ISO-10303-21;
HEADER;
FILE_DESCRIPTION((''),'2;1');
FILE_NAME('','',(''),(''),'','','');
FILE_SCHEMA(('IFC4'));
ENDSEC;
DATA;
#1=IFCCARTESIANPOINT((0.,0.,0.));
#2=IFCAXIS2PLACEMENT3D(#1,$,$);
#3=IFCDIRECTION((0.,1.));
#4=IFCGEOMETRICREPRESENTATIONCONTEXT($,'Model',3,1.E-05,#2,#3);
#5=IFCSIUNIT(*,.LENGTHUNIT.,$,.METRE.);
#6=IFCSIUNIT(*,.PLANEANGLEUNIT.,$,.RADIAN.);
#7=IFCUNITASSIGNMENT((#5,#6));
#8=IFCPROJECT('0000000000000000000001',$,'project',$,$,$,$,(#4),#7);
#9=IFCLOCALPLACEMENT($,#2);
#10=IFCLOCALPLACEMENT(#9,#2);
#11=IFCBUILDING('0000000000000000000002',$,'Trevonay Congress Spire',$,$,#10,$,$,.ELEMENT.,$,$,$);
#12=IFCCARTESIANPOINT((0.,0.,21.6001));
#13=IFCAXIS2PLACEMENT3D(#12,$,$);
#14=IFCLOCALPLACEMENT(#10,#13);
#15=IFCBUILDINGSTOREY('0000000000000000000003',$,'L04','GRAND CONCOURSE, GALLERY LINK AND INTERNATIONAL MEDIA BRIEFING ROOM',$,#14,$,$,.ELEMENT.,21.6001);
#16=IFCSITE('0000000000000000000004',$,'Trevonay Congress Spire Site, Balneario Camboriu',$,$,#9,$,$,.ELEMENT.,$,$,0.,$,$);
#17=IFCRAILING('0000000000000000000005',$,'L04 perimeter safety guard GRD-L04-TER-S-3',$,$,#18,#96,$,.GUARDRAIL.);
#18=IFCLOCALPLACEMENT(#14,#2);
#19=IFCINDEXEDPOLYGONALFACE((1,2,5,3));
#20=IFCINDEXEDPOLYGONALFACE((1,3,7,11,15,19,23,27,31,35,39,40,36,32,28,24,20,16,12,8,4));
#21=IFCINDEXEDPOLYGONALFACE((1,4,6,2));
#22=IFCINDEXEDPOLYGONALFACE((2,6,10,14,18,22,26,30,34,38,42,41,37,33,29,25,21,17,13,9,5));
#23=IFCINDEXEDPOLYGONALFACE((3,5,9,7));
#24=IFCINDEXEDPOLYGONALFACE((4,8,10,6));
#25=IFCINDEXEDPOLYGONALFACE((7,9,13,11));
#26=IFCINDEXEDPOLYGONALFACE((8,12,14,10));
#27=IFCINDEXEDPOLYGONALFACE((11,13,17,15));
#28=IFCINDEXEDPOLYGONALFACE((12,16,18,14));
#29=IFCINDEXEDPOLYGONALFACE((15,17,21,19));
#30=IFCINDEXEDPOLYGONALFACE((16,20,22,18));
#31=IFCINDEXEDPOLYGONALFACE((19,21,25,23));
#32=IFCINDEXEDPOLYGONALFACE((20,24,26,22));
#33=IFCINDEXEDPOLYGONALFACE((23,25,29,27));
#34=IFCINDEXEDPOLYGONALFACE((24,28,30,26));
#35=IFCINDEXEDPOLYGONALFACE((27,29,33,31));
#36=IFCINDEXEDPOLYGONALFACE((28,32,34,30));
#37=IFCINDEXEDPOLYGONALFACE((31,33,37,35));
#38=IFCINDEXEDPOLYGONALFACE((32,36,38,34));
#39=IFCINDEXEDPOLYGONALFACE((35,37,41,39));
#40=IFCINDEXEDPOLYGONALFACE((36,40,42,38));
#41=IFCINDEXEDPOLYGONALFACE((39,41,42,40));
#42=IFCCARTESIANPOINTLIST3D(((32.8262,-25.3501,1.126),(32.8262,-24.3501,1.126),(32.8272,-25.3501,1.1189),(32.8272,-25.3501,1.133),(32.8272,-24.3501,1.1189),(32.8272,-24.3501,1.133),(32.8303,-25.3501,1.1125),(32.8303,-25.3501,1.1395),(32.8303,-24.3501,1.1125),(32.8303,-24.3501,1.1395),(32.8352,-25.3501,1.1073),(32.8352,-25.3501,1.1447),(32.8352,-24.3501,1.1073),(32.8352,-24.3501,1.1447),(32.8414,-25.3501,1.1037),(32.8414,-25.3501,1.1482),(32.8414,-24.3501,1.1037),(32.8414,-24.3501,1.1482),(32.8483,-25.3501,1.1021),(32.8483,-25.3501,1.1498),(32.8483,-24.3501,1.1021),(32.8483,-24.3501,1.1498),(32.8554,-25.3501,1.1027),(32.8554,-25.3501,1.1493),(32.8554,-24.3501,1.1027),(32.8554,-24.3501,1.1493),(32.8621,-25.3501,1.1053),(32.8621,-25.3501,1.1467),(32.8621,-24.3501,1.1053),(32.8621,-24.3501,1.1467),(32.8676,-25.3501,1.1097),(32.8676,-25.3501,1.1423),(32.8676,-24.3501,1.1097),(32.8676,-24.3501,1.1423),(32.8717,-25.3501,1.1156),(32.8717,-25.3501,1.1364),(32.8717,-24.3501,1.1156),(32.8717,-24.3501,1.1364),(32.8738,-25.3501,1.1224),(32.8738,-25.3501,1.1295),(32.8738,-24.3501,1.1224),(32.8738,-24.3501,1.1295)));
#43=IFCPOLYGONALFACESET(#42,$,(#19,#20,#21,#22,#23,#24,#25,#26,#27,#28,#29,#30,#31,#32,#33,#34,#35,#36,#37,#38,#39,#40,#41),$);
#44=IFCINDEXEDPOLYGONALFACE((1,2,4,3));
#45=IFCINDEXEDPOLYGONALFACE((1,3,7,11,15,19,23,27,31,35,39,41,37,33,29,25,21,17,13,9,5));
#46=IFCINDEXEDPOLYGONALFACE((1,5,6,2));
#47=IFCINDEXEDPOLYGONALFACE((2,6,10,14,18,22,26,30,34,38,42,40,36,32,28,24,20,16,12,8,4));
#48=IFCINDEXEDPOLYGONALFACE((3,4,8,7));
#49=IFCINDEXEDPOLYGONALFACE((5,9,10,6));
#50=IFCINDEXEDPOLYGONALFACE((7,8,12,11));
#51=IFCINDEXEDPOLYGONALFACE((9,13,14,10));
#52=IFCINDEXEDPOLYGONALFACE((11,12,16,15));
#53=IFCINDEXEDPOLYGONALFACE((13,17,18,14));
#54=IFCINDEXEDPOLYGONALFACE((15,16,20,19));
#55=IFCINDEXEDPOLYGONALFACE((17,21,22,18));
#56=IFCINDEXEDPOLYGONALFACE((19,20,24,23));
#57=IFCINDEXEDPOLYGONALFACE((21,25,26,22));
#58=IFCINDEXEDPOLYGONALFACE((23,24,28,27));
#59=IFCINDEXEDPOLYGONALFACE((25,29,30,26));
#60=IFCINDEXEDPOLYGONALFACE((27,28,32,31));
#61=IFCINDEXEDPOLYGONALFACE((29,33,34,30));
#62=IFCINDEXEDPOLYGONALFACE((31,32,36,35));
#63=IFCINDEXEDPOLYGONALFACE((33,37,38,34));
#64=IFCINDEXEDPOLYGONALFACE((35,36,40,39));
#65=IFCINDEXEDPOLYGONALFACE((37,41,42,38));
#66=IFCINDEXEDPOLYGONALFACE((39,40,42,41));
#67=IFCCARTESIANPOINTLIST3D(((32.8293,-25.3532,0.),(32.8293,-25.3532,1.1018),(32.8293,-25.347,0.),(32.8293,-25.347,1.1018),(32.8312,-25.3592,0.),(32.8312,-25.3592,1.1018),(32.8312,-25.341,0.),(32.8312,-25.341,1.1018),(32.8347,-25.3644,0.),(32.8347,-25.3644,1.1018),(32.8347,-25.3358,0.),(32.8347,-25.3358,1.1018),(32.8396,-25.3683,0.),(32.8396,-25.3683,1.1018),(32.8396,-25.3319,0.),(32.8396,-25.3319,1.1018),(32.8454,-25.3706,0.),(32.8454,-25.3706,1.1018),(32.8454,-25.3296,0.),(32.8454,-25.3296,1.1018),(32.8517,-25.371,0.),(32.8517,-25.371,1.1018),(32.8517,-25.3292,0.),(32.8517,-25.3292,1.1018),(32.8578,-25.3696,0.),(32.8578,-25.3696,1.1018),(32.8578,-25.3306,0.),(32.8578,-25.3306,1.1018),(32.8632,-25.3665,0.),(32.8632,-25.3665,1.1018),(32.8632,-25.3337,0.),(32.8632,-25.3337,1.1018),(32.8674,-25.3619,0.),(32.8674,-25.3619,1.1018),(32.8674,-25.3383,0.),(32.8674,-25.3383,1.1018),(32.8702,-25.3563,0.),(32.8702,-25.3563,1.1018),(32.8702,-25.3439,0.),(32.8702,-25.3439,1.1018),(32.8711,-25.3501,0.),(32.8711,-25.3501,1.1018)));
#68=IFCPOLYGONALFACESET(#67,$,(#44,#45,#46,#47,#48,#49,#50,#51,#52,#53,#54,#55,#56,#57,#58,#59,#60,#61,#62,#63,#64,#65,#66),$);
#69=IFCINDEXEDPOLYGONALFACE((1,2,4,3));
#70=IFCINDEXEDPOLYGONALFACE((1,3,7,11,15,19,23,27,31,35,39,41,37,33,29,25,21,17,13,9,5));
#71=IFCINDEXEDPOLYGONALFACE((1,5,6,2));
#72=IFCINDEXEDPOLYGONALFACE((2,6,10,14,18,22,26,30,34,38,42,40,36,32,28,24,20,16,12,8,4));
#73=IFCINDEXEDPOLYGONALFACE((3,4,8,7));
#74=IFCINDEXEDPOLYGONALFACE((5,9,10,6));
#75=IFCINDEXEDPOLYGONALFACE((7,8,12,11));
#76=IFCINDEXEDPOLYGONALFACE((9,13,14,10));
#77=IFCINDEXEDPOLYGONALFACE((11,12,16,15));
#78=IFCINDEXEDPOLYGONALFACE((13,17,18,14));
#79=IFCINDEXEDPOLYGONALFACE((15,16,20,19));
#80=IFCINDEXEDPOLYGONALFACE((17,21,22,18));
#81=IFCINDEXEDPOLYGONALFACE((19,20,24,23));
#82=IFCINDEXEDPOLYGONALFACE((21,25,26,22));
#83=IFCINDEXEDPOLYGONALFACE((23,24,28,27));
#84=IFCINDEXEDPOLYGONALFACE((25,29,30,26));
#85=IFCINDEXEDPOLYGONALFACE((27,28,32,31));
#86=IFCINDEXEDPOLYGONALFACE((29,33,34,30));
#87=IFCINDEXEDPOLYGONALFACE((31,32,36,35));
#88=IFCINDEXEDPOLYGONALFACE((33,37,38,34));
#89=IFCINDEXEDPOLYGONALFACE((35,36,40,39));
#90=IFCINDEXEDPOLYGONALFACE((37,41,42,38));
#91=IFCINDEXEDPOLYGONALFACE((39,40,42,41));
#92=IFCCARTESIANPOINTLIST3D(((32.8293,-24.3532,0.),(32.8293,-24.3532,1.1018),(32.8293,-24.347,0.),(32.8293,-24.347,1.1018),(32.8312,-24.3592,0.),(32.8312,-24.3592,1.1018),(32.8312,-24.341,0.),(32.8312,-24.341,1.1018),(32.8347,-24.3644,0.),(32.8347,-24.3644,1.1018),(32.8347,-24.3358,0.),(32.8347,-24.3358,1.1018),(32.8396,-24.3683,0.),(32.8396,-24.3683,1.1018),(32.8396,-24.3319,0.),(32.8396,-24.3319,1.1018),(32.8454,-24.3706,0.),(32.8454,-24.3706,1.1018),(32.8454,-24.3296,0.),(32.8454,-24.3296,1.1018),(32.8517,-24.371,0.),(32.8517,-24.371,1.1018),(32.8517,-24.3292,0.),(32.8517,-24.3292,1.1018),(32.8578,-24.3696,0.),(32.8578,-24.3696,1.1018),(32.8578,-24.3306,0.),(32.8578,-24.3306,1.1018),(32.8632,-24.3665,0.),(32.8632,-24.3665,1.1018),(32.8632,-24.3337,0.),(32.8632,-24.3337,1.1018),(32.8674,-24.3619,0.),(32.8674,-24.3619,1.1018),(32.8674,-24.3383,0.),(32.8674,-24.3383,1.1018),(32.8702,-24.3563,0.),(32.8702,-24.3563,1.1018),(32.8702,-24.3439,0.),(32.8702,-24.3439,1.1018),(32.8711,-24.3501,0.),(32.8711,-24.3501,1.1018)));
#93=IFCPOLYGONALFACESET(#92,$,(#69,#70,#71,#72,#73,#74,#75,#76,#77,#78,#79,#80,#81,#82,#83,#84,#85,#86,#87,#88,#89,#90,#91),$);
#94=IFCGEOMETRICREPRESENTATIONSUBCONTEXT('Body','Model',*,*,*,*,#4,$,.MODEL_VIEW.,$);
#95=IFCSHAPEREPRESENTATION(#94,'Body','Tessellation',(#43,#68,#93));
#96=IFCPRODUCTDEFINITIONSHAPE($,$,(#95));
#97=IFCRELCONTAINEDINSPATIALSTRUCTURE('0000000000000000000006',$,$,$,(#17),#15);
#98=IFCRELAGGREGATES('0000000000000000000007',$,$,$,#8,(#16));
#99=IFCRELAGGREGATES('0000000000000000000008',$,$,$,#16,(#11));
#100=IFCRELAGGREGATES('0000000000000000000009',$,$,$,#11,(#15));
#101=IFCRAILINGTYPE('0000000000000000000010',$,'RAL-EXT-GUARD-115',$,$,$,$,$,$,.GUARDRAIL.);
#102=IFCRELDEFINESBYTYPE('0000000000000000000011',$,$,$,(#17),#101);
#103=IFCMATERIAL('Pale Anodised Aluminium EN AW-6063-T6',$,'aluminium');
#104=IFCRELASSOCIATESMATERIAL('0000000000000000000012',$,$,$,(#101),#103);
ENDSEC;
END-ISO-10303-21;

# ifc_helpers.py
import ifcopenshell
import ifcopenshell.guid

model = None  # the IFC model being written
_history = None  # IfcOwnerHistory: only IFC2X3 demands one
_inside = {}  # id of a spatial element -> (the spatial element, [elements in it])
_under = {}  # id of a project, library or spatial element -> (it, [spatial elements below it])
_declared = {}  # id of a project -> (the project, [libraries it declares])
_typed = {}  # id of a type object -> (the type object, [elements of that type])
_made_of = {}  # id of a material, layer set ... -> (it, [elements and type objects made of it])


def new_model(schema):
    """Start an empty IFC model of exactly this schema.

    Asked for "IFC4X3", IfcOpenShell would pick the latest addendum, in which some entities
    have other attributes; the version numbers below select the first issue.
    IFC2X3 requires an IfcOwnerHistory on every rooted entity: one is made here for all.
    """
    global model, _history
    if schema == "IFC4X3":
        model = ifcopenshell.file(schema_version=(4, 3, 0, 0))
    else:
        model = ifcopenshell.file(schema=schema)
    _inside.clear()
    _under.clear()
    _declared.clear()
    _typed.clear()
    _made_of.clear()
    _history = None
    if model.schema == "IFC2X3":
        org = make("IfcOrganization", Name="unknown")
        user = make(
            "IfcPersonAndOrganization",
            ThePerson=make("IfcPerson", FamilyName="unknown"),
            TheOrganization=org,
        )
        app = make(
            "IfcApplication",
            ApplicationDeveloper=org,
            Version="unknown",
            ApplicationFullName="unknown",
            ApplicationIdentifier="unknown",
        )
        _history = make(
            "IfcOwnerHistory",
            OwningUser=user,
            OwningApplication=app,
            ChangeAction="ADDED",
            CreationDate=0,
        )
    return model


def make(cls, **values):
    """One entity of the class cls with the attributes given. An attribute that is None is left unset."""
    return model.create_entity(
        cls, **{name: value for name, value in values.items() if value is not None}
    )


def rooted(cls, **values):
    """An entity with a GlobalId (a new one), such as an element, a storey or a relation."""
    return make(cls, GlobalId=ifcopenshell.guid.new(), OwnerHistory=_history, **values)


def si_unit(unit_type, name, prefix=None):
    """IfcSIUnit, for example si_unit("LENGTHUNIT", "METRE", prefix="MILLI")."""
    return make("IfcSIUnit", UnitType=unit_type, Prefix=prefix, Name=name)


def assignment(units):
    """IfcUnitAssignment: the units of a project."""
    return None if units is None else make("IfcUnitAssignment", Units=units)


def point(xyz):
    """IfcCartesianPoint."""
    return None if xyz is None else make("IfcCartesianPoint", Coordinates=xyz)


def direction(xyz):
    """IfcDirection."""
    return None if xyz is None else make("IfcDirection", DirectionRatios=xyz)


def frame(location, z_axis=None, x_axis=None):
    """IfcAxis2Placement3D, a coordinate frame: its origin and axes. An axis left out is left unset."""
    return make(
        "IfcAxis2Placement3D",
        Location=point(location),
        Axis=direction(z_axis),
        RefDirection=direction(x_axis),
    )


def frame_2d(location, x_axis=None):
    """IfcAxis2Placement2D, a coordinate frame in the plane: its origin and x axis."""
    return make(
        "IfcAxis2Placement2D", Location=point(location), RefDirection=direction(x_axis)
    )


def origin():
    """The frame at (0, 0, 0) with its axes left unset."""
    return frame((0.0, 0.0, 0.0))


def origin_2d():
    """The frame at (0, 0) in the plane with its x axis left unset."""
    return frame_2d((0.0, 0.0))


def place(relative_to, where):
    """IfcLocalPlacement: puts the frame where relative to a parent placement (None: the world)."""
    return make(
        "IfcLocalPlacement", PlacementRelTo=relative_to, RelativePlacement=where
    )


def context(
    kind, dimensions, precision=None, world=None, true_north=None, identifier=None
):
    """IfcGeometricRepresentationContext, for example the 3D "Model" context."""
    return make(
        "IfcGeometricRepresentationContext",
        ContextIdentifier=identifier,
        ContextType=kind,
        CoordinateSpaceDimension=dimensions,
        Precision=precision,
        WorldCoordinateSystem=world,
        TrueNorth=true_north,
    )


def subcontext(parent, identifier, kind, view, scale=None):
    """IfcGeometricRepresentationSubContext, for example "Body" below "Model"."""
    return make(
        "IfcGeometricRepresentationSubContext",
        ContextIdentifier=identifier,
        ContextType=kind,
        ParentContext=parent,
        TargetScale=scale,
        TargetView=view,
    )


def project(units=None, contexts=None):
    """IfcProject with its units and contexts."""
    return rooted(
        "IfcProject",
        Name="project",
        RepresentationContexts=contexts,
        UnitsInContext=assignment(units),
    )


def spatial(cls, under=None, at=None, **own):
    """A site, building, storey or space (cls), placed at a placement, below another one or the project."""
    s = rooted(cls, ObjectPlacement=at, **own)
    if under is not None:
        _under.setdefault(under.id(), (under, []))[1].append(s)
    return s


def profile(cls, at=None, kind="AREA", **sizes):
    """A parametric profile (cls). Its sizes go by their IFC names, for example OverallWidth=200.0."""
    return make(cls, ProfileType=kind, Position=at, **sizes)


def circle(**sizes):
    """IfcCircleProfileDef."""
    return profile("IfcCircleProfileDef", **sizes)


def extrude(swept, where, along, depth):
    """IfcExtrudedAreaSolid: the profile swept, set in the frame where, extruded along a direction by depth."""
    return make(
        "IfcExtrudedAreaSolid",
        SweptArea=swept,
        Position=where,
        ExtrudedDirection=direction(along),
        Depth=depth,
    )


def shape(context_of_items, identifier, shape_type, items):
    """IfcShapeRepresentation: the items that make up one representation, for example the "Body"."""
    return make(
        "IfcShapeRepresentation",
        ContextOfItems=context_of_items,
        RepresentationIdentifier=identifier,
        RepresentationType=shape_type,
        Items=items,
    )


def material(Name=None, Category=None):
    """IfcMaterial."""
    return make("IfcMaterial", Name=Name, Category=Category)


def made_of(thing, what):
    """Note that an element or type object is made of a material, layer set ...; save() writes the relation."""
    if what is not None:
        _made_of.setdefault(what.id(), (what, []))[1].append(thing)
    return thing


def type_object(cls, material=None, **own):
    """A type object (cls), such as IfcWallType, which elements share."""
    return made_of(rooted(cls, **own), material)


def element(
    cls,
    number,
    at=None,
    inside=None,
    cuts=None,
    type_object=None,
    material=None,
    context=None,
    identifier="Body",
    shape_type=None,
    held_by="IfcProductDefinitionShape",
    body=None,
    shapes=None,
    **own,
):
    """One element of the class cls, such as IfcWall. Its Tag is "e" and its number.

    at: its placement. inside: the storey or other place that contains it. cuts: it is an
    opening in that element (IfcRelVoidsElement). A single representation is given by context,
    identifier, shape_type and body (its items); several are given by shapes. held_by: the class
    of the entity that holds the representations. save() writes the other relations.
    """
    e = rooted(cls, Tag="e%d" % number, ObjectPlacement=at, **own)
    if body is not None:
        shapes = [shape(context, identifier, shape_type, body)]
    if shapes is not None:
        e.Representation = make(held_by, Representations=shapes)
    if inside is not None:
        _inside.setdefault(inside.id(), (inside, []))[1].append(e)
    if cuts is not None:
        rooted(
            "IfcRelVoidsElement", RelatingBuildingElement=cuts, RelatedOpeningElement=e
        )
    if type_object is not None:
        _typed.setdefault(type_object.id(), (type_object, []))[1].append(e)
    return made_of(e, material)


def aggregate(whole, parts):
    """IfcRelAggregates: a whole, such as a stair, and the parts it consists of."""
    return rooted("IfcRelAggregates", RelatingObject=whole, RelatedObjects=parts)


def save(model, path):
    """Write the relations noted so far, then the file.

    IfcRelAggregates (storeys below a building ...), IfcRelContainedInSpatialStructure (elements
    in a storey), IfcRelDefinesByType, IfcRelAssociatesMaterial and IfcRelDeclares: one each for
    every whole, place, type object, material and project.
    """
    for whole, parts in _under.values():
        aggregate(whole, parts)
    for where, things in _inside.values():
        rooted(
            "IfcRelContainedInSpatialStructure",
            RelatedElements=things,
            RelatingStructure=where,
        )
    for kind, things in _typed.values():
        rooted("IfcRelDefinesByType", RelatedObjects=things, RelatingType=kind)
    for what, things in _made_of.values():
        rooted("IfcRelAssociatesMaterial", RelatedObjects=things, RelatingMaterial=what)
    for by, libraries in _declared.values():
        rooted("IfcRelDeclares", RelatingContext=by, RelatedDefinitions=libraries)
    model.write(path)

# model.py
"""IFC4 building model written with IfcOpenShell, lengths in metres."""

from ifc_helpers import new_model, si_unit, direction, frame, origin, origin_2d, place, context, subcontext, project, spatial, circle, extrude, material, type_object, element, save


model = new_model("IFC4")

# Units and contexts
model_context = context("Model", 3, precision=1e-05, world=origin(), true_north=direction((0.0, 1.0)))
body_context = subcontext(model_context, "Body", "Model", "MODEL_VIEW")
ifc_project = project(units=[si_unit("LENGTHUNIT", "METRE"), si_unit("PLANEANGLEUNIT", "RADIAN")], contexts=[model_context])

# Site, building, storey
site_placement = place(None, origin())
site = spatial("IfcSite", under=ifc_project, at=site_placement, Name="Trevonay Congress Spire Site, Balneario Camboriu", CompositionType="ELEMENT", RefElevation=0.0)
building_placement = place(site_placement, origin())
building = spatial("IfcBuilding", under=site, at=building_placement, Name="Trevonay Congress Spire", CompositionType="ELEMENT")
storey_placement = place(building_placement, frame((0.0, 0.0, 21.6001)))
storey = spatial("IfcBuildingStorey", under=building, at=storey_placement, Name="L04", Description="GRAND CONCOURSE, GALLERY LINK AND INTERNATIONAL MEDIA BRIEFING ROOM", CompositionType="ELEMENT", Elevation=21.6001)

# Shared definitions
ifc_material_1 = material(Name="Pale Anodised Aluminium EN AW-6063-T6", Category="aluminium")

# Railing
railing_type = type_object("IfcRailingType", Name="RAL-EXT-GUARD-115", PredefinedType="GUARDRAIL", material=ifc_material_1)
railing_1_placement = place(storey_placement, frame((32.8501, -25.3501, 0.0)))
element("IfcRailing", 1, at=railing_1_placement, inside=storey, type_object=railing_type, Name="L04 perimeter safety guard GRD-L04-TER-S-3", PredefinedType="GUARDRAIL", context=body_context, shape_type="SweptSolid", body=[
    extrude(circle(Radius=0.0239, at=origin_2d()), frame((0.0, 0.0, 1.126), z_axis=(0.0, 1.0, 0.0), x_axis=(-1.0, 0.0, 0.0)), (0.0, 0.0, 1.0), 1.0),
    extrude(circle(Radius=0.021, at=origin_2d()), origin(), (0.0, 0.0, 1.0), 1.1018),
    extrude(circle(Radius=0.021, at=origin_2d()), frame((0.0, 1.0, 0.0)), (0.0, 0.0, 1.0), 1.1018),
])

save(model, "model.ifc")
